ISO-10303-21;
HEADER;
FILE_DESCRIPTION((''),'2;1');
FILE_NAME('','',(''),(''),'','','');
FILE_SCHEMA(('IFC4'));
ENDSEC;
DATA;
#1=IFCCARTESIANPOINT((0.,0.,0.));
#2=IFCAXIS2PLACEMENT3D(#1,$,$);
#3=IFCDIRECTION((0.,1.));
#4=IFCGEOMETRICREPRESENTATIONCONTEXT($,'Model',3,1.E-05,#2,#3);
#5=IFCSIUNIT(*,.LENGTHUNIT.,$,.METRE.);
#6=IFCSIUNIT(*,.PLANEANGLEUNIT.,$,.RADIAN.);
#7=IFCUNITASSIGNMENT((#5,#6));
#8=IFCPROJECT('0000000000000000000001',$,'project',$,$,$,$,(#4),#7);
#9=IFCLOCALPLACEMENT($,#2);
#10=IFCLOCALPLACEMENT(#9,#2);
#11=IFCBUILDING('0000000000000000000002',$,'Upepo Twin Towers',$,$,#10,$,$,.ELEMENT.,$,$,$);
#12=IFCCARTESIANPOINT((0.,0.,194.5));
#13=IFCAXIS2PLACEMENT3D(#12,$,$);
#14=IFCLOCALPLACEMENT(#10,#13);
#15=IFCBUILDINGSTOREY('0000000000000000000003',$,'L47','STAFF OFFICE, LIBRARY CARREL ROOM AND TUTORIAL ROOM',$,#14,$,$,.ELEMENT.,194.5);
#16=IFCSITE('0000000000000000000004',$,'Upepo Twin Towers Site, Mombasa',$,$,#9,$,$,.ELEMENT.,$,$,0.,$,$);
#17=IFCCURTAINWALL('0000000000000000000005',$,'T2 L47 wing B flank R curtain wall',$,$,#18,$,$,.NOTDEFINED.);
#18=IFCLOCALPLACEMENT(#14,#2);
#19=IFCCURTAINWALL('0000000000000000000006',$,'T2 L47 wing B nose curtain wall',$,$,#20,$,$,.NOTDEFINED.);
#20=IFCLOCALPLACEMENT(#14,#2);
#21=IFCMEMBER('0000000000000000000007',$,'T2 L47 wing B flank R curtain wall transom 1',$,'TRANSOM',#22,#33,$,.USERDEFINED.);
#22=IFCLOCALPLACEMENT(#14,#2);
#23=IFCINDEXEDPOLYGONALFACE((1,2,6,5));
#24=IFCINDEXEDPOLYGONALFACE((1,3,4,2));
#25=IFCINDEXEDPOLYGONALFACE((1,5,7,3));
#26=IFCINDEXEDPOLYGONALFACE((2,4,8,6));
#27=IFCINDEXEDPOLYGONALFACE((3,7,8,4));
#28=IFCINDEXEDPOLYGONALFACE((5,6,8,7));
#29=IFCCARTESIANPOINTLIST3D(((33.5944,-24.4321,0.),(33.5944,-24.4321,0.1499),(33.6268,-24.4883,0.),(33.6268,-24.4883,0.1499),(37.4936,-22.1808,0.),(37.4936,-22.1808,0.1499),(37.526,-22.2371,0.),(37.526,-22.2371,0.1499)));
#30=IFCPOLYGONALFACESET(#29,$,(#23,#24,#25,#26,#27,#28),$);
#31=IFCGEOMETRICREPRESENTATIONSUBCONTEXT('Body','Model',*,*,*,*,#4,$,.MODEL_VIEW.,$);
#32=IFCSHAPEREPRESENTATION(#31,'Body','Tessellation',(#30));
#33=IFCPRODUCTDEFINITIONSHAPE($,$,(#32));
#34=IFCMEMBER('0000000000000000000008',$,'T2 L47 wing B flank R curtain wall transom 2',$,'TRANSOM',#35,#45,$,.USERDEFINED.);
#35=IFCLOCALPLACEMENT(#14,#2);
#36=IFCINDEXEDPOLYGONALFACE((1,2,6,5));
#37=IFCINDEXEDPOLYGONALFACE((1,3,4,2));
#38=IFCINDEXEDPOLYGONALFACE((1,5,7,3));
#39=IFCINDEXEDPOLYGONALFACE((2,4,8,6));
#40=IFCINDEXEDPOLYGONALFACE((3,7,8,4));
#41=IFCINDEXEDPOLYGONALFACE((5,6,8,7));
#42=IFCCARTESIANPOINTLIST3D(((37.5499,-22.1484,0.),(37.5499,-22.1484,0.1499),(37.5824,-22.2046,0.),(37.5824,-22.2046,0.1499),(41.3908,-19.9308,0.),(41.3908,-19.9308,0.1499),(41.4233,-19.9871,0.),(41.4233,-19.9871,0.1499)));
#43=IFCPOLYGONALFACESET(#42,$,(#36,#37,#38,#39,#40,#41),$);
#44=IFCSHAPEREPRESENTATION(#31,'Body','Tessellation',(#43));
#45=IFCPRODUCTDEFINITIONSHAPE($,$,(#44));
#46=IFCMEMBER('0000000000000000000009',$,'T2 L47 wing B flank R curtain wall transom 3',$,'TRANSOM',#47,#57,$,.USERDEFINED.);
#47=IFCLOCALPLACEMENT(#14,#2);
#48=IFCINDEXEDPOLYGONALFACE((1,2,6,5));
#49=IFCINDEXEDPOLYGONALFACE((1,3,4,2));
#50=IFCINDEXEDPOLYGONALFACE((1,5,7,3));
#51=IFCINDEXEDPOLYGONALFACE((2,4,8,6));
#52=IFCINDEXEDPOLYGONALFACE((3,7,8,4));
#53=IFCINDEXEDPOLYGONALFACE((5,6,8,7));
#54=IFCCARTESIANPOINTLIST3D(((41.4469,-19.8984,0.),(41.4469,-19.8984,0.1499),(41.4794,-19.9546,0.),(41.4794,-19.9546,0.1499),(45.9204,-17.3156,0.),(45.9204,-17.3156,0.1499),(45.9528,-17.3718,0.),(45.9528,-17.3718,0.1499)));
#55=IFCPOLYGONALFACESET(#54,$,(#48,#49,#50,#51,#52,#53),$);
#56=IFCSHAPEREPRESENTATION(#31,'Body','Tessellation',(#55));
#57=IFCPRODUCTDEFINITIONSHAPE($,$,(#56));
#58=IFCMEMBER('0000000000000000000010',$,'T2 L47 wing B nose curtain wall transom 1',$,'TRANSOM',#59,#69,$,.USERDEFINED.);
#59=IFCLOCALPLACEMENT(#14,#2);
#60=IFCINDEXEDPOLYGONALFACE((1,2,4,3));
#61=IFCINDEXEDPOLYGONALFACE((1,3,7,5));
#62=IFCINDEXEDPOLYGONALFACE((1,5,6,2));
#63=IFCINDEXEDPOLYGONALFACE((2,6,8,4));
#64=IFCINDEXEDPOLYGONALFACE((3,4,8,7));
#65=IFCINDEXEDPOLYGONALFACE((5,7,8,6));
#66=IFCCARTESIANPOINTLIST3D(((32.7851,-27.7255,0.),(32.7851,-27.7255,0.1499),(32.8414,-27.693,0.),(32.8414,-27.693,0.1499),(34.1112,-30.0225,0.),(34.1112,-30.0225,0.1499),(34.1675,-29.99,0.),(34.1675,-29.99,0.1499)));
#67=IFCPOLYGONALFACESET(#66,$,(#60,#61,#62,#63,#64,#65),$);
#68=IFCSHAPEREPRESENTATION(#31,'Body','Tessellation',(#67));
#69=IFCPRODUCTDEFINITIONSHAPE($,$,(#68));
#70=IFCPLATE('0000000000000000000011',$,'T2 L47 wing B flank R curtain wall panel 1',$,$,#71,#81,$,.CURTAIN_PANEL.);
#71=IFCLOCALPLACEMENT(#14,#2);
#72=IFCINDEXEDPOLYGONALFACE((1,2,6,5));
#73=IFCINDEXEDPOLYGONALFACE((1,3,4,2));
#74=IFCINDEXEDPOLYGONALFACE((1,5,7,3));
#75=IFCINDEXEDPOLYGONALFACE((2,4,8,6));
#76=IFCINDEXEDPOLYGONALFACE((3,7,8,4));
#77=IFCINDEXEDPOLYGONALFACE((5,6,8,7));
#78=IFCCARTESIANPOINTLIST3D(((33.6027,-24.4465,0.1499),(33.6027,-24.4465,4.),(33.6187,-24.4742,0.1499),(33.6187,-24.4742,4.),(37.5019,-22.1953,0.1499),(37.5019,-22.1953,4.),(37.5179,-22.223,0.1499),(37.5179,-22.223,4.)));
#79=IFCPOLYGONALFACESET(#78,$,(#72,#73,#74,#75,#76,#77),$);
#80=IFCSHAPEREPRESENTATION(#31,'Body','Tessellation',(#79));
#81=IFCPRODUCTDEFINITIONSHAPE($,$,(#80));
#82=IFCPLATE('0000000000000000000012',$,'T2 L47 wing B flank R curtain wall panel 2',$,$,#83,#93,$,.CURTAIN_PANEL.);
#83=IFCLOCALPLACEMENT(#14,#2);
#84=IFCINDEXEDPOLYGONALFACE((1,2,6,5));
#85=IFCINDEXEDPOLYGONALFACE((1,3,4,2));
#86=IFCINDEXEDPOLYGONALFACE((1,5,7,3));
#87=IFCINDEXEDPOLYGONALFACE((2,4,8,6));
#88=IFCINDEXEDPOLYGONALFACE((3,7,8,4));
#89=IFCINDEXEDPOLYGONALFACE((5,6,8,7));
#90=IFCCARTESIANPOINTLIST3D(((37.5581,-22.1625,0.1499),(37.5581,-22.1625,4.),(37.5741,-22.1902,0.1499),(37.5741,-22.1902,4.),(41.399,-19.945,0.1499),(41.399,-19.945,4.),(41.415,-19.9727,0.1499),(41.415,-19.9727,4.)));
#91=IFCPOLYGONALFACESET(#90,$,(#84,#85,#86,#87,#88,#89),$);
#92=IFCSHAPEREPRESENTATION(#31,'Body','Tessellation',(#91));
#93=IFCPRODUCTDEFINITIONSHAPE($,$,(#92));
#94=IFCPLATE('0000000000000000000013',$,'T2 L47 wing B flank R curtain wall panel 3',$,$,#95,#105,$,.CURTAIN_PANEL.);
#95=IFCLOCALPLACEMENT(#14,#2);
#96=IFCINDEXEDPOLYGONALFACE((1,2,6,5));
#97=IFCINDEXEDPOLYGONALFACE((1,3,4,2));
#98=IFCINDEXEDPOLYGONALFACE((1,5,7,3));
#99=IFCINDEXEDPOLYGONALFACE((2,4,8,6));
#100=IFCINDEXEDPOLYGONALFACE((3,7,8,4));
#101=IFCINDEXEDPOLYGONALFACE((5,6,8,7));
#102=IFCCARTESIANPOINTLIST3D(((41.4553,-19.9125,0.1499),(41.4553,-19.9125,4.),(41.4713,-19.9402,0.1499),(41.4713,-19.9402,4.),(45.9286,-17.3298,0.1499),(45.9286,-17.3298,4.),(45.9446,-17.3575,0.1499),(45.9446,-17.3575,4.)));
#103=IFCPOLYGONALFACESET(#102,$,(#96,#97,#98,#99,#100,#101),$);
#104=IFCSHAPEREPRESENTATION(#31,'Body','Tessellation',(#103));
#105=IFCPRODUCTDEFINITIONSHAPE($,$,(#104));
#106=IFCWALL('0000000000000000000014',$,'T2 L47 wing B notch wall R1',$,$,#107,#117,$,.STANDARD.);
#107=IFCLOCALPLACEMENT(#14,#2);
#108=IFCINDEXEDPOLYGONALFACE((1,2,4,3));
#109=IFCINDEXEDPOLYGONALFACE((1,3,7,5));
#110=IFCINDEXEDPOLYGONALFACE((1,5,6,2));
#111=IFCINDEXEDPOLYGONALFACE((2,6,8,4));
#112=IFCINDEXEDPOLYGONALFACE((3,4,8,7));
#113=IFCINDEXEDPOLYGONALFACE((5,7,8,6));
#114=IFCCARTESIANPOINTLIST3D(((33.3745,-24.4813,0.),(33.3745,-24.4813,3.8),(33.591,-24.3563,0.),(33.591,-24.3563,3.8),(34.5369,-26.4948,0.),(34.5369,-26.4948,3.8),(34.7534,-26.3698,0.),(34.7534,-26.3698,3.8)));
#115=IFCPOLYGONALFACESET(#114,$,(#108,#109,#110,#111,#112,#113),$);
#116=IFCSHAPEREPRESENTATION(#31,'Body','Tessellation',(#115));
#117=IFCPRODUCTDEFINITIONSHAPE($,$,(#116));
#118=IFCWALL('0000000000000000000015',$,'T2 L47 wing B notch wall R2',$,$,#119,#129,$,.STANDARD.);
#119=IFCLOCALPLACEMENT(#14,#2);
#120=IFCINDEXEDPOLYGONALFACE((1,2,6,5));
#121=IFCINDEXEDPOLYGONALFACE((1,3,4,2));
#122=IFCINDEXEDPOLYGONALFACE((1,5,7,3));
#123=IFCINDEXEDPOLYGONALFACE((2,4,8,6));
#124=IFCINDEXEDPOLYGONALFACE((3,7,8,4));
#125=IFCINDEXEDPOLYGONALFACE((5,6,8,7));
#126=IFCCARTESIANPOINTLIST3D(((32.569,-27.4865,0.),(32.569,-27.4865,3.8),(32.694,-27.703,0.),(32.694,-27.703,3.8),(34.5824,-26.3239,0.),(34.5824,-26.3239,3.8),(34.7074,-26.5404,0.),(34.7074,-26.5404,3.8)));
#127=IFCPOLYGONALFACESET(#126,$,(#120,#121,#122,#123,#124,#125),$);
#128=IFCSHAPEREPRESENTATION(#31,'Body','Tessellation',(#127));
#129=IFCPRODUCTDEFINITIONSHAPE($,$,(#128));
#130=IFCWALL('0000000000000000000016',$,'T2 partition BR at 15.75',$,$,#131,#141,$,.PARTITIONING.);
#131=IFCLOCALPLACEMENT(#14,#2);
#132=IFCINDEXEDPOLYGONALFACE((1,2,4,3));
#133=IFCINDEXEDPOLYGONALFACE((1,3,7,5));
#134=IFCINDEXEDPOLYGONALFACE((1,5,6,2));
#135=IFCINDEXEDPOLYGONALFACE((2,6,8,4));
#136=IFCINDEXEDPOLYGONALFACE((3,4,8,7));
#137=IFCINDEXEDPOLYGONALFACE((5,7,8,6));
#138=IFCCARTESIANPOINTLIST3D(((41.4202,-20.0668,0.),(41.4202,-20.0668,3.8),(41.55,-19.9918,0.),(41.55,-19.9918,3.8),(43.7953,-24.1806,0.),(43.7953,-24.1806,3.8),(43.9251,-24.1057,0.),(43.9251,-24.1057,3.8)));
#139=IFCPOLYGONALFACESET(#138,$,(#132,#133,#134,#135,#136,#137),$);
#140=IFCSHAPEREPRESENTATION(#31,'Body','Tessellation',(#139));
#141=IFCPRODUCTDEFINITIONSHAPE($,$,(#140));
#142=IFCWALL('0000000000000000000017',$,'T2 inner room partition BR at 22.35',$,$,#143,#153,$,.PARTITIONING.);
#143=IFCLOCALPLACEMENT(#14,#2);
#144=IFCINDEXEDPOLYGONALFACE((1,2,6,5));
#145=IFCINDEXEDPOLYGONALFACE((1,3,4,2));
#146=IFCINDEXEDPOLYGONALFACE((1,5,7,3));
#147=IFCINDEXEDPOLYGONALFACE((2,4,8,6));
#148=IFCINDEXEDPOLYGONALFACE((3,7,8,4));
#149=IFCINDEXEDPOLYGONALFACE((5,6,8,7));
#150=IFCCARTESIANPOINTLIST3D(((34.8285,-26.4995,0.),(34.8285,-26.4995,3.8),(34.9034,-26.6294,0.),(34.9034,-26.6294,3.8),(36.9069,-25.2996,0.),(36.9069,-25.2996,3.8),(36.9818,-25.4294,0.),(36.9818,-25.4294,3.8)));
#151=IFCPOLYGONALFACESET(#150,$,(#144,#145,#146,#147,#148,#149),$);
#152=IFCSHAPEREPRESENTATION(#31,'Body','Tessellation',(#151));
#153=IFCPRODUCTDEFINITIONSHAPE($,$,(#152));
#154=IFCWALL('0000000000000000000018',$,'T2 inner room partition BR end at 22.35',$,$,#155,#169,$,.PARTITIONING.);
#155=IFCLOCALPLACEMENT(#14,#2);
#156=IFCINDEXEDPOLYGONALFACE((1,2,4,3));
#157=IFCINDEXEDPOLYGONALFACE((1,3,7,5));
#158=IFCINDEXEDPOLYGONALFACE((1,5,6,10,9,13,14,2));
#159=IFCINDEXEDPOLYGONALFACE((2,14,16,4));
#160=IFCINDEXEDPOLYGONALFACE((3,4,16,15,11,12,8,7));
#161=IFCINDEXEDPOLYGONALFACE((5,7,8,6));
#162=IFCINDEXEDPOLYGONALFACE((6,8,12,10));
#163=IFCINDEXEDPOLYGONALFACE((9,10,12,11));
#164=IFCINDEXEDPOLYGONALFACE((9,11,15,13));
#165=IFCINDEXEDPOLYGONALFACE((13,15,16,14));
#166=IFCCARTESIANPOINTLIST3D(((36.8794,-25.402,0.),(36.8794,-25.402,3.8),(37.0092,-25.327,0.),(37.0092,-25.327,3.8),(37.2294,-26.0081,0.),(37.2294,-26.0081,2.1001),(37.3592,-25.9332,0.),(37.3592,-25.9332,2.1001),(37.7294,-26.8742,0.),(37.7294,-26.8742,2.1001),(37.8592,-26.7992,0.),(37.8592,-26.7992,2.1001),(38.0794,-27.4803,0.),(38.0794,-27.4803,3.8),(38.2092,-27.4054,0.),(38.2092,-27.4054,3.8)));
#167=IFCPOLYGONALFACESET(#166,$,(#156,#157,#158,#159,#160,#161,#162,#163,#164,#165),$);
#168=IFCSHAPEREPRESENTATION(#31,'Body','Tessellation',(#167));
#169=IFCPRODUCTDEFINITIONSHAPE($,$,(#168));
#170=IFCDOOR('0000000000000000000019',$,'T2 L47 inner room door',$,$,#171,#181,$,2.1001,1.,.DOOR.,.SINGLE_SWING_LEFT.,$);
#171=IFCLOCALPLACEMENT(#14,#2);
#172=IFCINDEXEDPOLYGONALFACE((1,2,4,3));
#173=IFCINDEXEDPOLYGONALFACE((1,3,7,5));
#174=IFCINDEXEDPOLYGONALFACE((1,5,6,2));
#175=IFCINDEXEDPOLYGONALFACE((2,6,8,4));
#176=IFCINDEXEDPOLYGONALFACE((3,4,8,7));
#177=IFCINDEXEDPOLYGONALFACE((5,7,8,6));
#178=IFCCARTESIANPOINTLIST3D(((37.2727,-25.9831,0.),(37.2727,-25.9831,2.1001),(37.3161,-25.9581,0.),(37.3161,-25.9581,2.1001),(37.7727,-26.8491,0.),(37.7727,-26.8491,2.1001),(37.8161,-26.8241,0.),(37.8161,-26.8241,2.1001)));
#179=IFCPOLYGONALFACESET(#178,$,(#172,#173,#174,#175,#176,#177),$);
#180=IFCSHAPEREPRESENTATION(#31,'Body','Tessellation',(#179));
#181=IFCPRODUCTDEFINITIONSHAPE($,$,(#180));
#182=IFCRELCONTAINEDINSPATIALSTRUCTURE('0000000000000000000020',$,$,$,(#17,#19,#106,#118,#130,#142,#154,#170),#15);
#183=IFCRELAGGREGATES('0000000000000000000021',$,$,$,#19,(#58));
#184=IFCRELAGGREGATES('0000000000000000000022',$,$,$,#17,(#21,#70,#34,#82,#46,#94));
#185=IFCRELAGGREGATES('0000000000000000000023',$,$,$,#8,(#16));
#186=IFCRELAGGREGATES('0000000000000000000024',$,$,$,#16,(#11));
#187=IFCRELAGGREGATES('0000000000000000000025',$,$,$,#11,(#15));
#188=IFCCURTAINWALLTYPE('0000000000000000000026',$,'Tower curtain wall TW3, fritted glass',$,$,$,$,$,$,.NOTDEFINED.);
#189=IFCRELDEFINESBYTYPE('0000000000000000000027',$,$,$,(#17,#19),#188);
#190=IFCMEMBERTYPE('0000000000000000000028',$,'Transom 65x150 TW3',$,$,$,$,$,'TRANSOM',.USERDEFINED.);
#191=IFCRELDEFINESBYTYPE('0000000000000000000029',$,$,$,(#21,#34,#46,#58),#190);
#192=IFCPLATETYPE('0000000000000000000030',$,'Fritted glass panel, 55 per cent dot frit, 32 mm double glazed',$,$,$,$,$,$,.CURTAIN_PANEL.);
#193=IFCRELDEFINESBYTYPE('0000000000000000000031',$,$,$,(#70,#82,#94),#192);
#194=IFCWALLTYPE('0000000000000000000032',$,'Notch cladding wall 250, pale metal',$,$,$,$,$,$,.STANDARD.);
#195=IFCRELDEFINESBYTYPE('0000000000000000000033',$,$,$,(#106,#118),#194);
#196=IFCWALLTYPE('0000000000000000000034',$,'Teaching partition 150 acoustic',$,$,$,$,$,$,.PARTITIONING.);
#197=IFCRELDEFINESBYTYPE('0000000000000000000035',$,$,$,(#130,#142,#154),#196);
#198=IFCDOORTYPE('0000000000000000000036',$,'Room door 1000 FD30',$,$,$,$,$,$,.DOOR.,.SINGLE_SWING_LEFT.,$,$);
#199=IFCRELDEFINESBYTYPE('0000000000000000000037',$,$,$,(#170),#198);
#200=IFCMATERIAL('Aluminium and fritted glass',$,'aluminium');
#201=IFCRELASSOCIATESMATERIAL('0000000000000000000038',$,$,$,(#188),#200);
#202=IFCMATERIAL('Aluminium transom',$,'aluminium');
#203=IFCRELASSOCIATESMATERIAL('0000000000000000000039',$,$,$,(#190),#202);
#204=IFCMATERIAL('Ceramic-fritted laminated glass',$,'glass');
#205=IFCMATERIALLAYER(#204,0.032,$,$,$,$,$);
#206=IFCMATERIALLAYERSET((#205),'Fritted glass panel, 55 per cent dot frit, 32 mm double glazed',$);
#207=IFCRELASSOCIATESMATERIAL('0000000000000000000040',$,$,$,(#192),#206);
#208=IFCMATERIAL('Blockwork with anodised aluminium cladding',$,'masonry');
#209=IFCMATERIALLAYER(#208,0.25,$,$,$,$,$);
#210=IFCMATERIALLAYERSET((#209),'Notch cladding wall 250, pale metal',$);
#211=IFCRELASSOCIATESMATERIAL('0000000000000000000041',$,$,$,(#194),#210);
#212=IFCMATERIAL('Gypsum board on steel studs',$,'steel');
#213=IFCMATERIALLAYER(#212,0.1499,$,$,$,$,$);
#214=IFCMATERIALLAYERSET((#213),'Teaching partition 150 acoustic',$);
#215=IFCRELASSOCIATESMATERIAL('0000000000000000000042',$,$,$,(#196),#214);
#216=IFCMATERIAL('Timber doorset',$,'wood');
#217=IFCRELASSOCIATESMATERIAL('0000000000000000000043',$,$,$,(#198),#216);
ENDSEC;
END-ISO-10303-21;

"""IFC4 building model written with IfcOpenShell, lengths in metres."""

from ifc_helpers import new_model, si_unit, direction, frame, frame_2d, origin, origin_2d, place, context, subcontext, project, spatial, rectangle, extrude, material, layer, layer_set, material_profile, profile_set, type_object, element, fill, aggregate, save


model = new_model("IFC4")

# Units and contexts
model_context = context("Model", 3, precision=1e-05, world=origin(), true_north=direction((0.0, 1.0)))
body_context = subcontext(model_context, "Body", "Model", "MODEL_VIEW")
ifc_project = project(units=[si_unit("LENGTHUNIT", "METRE"), si_unit("PLANEANGLEUNIT", "RADIAN")], contexts=[model_context])

# Site, building, storey
site_placement = place(None, origin())
site = spatial("IfcSite", under=ifc_project, at=site_placement, Name="Upepo Twin Towers Site, Mombasa", CompositionType="ELEMENT", RefElevation=0.0)
building_placement = place(site_placement, origin())
building = spatial("IfcBuilding", under=site, at=building_placement, Name="Upepo Twin Towers", CompositionType="ELEMENT")
storey_placement = place(building_placement, frame((0.0, 0.0, 194.5)))
storey = spatial("IfcBuildingStorey", under=building, at=storey_placement, Name="L47", Description="STAFF OFFICE, LIBRARY CARREL ROOM AND TUTORIAL ROOM", CompositionType="ELEMENT", Elevation=194.5)

# Curtain wall
ifc_material_1 = material(Name="Aluminium and fritted glass", Category="aluminium")
curtain_wall_type = type_object("IfcCurtainWallType", Name="Tower curtain wall TW3, fritted glass", PredefinedType="NOTDEFINED", material=ifc_material_1)
curtain_wall_1_placement = place(storey_placement, origin())
curtain_wall_1 = element("IfcCurtainWall", 1, at=curtain_wall_1_placement, inside=storey, type_object=curtain_wall_type, Name="T2 L47 wing B flank R curtain wall", PredefinedType="NOTDEFINED")

# Curtain wall
curtain_wall_2_placement = place(storey_placement, origin())
curtain_wall_2 = element("IfcCurtainWall", 2, at=curtain_wall_2_placement, inside=storey, type_object=curtain_wall_type, Name="T2 L47 wing B nose curtain wall", PredefinedType="NOTDEFINED")

# Members
ifc_material_2 = material(Name="Aluminium transom", Category="aluminium")
ifc_material_profile_1 = material_profile(ifc_material_2, rectangle(XDim=0.0649, YDim=0.1499, at=origin_2d()), Name="TRANSOM 65x150")
ifc_profile_set_1 = profile_set([ifc_material_profile_1], Name="Aluminium transom")
member_type_1 = type_object("IfcMemberType", Name="Transom 65x150 TW3", ElementType="TRANSOM", PredefinedType="USERDEFINED", material=ifc_profile_set_1)
member_1_placement = place(storey_placement, frame((33.6106, -24.4602, 0.075), z_axis=(0.866022, 0.500006, 0.0), x_axis=(-0.500006, 0.866022, 0.0)))
member_1 = element("IfcMember", 3, at=member_1_placement, type_object=member_type_1, Name="T2 L47 wing B flank R curtain wall transom 1", ObjectType="TRANSOM", PredefinedType="USERDEFINED", context=body_context, shape_type="SweptSolid", body=[
    extrude(rectangle(XDim=0.0649, YDim=0.1499, at=origin_2d()), origin(), (0.0, 0.0, 1.0), 4.5024),
])
member_2_placement = place(storey_placement, frame((37.5662, -22.1765, 0.075), z_axis=(0.866022, 0.500005, 0.0), x_axis=(-0.500005, 0.866022, 0.0)))
member_2 = element("IfcMember", 4, at=member_2_placement, type_object=member_type_1, Name="T2 L47 wing B flank R curtain wall transom 2", ObjectType="TRANSOM", PredefinedType="USERDEFINED", context=body_context, shape_type="SweptSolid", body=[
    extrude(rectangle(XDim=0.0649, YDim=0.1499, at=origin_2d()), origin(), (0.0, 0.0, 1.0), 4.4351),
])
member_3_placement = place(storey_placement, frame((41.4631, -19.9265, 0.075), z_axis=(0.866021, 0.500007, 0.0), x_axis=(-0.500007, 0.866021, 0.0)))
member_3 = element("IfcMember", 5, at=member_3_placement, type_object=member_type_1, Name="T2 L47 wing B flank R curtain wall transom 3", ObjectType="TRANSOM", PredefinedType="USERDEFINED", context=body_context, shape_type="SweptSolid", body=[
    extrude(rectangle(XDim=0.0649, YDim=0.1499, at=origin_2d()), origin(), (0.0, 0.0, 1.0), 5.1655),
])
member_4_placement = place(storey_placement, frame((32.8132, -27.7092, 0.075), z_axis=(0.49998, -0.866037, 0.0), x_axis=(0.866037, 0.49998, 0.0)))
member_4 = element("IfcMember", 6, at=member_4_placement, type_object=member_type_1, Name="T2 L47 wing B nose curtain wall transom 1", ObjectType="TRANSOM", PredefinedType="USERDEFINED", context=body_context, shape_type="SweptSolid", body=[
    extrude(rectangle(XDim=0.0649, YDim=0.1499, at=origin_2d()), origin(), (0.0, 0.0, 1.0), 2.6523),
])
aggregate(curtain_wall_2, [member_4])

# Plates
ifc_material_3 = material(Name="Ceramic-fritted laminated glass", Category="glass")
ifc_layer_1 = layer(ifc_material_3, 0.032)
ifc_layer_set_1 = layer_set([ifc_layer_1], Name="Fritted glass panel, 55 per cent dot frit, 32 mm double glazed")
plate_type = type_object("IfcPlateType", Name="Fritted glass panel, 55 per cent dot frit, 32 mm double glazed", PredefinedType="CURTAIN_PANEL", material=ifc_layer_set_1)
plate_1_placement = place(storey_placement, frame((35.5603, -23.3347, 0.1499), z_axis=(0.0, 0.0, 1.0), x_axis=(0.866025, 0.5, 0.0)))
plate_1 = element("IfcPlate", 7, at=plate_1_placement, type_object=plate_type, Name="T2 L47 wing B flank R curtain wall panel 1", PredefinedType="CURTAIN_PANEL", context=body_context, shape_type="SweptSolid", body=[
    extrude(rectangle(XDim=4.5024, YDim=0.032, at=origin_2d()), origin(), (0.0, 0.0, 1.0), 3.8501),
])
plate_2_placement = place(storey_placement, frame((39.4866, -21.0676, 0.1499), z_axis=(0.0, 0.0, 1.0), x_axis=(0.866025, 0.5, 0.0)))
plate_2 = element("IfcPlate", 8, at=plate_2_placement, type_object=plate_type, Name="T2 L47 wing B flank R curtain wall panel 2", PredefinedType="CURTAIN_PANEL", context=body_context, shape_type="SweptSolid", body=[
    extrude(rectangle(XDim=4.4351, YDim=0.032, at=origin_2d()), origin(), (0.0, 0.0, 1.0), 3.8501),
])
plate_3_placement = place(storey_placement, frame((43.7, -18.635, 0.1499), z_axis=(0.0, 0.0, 1.0), x_axis=(0.866025, 0.5, 0.0)))
plate_3 = element("IfcPlate", 9, at=plate_3_placement, type_object=plate_type, Name="T2 L47 wing B flank R curtain wall panel 3", PredefinedType="CURTAIN_PANEL", context=body_context, shape_type="SweptSolid", body=[
    extrude(rectangle(XDim=5.1653, YDim=0.032, at=origin_2d()), origin(), (0.0, 0.0, 1.0), 3.8501),
])
aggregate(curtain_wall_1, [member_1, plate_1, member_2, plate_2, member_3, plate_3])

# Walls
ifc_material_4 = material(Name="Blockwork with anodised aluminium cladding", Category="masonry")
ifc_layer_2 = layer(ifc_material_4, 0.25)
ifc_layer_set_2 = layer_set([ifc_layer_2], Name="Notch cladding wall 250, pale metal")
wall_type_1 = type_object("IfcWallType", Name="Notch cladding wall 250, pale metal", PredefinedType="STANDARD", material=ifc_layer_set_2)
for number, where, z_axis, x_axis, name in (
    (10, (33.4827, -24.4187, 0.0), (0.0, 0.0, 1.0), (0.499968, -0.866044, 0.0), "T2 L47 wing B notch wall R1"),
    (11, (34.645, -26.4321, 0.0), (0.0, 0.0, 1.0), (-0.865998, -0.500047, 0.0), "T2 L47 wing B notch wall R2"),
):
    element("IfcWall", number, at=place(storey_placement, frame(where, z_axis=z_axis, x_axis=x_axis)), inside=storey, type_object=wall_type_1, Name=name, PredefinedType="STANDARD", context=body_context, shape_type="SweptSolid", body=[
        extrude(rectangle(XDim=2.325, YDim=0.25, at=frame_2d((1.1626, 0.0))), origin(), (0.0, 0.0, 1.0), 3.8),
    ])
ifc_material_5 = material(Name="Gypsum board on steel studs", Category="steel")
ifc_layer_3 = layer(ifc_material_5, 0.1499)
ifc_layer_set_3 = layer_set([ifc_layer_3], Name="Teaching partition 150 acoustic")
wall_type_2 = type_object("IfcWallType", Name="Teaching partition 150 acoustic", PredefinedType="PARTITIONING", material=ifc_layer_set_3)
wall_1_placement = place(storey_placement, frame((43.8601, -24.1431, 0.0), z_axis=(0.0, 0.0, 1.0), x_axis=(-0.499986, 0.866033, 0.0)))
element("IfcWall", 12, at=wall_1_placement, inside=storey, type_object=wall_type_2, Name="T2 partition BR at 15.75", PredefinedType="PARTITIONING", context=body_context, shape_type="SweptSolid", body=[
    extrude(rectangle(XDim=4.7502, YDim=0.1499, at=frame_2d((2.375, 0.0))), origin(), (0.0, 0.0, 1.0), 3.8),
])
wall_2_placement = place(storey_placement, frame((36.9443, -25.3645, 0.0), z_axis=(0.0, 0.0, 1.0), x_axis=(-0.866025, -0.500001, 0.0)))
element("IfcWall", 13, at=wall_2_placement, inside=storey, type_object=wall_type_2, Name="T2 inner room partition BR at 22.35", PredefinedType="PARTITIONING", context=body_context, shape_type="SweptSolid", body=[
    extrude(rectangle(XDim=2.3999, YDim=0.1499, at=frame_2d((1.2, 0.0))), origin(), (0.0, 0.0, 1.0), 3.8),
])

# Wall, opening, door
wall_3_placement = place(storey_placement, frame((38.1443, -27.4429, 0.0), z_axis=(0.0, 0.0, 1.0), x_axis=(-0.500001, 0.866025, 0.0)))
wall_3 = element("IfcWall", 14, at=wall_3_placement, inside=storey, type_object=wall_type_2, Name="T2 inner room partition BR end at 22.35", PredefinedType="PARTITIONING", context=body_context, shape_type="SweptSolid", body=[
    extrude(rectangle(XDim=2.3999, YDim=0.1499, at=frame_2d((1.2, 0.0))), origin(), (0.0, 0.0, 1.0), 3.8),
])
opening_placement = place(wall_3_placement, frame((0.7, 0.0, 0.0)))
opening = element("IfcOpeningElement", 15, at=opening_placement, cuts=wall_3, PredefinedType="OPENING", context=body_context, shape_type="SweptSolid", body=[
    extrude(rectangle(XDim=1.0, YDim=2.1001, at=frame_2d((0.5, 1.05))), frame((0.0, 0.085, 0.0), z_axis=(0.0, -1.0, 0.0), x_axis=(1.0, 0.0, 0.0)), (0.0, 0.0, 1.0), 0.1699),
])
ifc_material_6 = material(Name="Timber doorset", Category="wood")
door_type = type_object("IfcDoorType", Name="Room door 1000 FD30", OperationType="SINGLE_SWING_LEFT", PredefinedType="DOOR", material=ifc_material_6)
door_placement = place(opening_placement, origin())
door = element("IfcDoor", 16, at=door_placement, inside=storey, type_object=door_type, Name="T2 L47 inner room door", OperationType="SINGLE_SWING_LEFT", OverallHeight=2.1001, OverallWidth=1.0, PredefinedType="DOOR", context=body_context, shape_type="SweptSolid", body=[
    extrude(rectangle(XDim=1.0, YDim=2.1001, at=frame_2d((0.5, 1.05))), frame((0.0, 0.0249, 0.0), z_axis=(0.0, -1.0, 0.0), x_axis=(1.0, 0.0, 0.0)), (0.0, 0.0, 1.0), 0.05),
])
fill(opening, door)

save(model, "model.ifc")
